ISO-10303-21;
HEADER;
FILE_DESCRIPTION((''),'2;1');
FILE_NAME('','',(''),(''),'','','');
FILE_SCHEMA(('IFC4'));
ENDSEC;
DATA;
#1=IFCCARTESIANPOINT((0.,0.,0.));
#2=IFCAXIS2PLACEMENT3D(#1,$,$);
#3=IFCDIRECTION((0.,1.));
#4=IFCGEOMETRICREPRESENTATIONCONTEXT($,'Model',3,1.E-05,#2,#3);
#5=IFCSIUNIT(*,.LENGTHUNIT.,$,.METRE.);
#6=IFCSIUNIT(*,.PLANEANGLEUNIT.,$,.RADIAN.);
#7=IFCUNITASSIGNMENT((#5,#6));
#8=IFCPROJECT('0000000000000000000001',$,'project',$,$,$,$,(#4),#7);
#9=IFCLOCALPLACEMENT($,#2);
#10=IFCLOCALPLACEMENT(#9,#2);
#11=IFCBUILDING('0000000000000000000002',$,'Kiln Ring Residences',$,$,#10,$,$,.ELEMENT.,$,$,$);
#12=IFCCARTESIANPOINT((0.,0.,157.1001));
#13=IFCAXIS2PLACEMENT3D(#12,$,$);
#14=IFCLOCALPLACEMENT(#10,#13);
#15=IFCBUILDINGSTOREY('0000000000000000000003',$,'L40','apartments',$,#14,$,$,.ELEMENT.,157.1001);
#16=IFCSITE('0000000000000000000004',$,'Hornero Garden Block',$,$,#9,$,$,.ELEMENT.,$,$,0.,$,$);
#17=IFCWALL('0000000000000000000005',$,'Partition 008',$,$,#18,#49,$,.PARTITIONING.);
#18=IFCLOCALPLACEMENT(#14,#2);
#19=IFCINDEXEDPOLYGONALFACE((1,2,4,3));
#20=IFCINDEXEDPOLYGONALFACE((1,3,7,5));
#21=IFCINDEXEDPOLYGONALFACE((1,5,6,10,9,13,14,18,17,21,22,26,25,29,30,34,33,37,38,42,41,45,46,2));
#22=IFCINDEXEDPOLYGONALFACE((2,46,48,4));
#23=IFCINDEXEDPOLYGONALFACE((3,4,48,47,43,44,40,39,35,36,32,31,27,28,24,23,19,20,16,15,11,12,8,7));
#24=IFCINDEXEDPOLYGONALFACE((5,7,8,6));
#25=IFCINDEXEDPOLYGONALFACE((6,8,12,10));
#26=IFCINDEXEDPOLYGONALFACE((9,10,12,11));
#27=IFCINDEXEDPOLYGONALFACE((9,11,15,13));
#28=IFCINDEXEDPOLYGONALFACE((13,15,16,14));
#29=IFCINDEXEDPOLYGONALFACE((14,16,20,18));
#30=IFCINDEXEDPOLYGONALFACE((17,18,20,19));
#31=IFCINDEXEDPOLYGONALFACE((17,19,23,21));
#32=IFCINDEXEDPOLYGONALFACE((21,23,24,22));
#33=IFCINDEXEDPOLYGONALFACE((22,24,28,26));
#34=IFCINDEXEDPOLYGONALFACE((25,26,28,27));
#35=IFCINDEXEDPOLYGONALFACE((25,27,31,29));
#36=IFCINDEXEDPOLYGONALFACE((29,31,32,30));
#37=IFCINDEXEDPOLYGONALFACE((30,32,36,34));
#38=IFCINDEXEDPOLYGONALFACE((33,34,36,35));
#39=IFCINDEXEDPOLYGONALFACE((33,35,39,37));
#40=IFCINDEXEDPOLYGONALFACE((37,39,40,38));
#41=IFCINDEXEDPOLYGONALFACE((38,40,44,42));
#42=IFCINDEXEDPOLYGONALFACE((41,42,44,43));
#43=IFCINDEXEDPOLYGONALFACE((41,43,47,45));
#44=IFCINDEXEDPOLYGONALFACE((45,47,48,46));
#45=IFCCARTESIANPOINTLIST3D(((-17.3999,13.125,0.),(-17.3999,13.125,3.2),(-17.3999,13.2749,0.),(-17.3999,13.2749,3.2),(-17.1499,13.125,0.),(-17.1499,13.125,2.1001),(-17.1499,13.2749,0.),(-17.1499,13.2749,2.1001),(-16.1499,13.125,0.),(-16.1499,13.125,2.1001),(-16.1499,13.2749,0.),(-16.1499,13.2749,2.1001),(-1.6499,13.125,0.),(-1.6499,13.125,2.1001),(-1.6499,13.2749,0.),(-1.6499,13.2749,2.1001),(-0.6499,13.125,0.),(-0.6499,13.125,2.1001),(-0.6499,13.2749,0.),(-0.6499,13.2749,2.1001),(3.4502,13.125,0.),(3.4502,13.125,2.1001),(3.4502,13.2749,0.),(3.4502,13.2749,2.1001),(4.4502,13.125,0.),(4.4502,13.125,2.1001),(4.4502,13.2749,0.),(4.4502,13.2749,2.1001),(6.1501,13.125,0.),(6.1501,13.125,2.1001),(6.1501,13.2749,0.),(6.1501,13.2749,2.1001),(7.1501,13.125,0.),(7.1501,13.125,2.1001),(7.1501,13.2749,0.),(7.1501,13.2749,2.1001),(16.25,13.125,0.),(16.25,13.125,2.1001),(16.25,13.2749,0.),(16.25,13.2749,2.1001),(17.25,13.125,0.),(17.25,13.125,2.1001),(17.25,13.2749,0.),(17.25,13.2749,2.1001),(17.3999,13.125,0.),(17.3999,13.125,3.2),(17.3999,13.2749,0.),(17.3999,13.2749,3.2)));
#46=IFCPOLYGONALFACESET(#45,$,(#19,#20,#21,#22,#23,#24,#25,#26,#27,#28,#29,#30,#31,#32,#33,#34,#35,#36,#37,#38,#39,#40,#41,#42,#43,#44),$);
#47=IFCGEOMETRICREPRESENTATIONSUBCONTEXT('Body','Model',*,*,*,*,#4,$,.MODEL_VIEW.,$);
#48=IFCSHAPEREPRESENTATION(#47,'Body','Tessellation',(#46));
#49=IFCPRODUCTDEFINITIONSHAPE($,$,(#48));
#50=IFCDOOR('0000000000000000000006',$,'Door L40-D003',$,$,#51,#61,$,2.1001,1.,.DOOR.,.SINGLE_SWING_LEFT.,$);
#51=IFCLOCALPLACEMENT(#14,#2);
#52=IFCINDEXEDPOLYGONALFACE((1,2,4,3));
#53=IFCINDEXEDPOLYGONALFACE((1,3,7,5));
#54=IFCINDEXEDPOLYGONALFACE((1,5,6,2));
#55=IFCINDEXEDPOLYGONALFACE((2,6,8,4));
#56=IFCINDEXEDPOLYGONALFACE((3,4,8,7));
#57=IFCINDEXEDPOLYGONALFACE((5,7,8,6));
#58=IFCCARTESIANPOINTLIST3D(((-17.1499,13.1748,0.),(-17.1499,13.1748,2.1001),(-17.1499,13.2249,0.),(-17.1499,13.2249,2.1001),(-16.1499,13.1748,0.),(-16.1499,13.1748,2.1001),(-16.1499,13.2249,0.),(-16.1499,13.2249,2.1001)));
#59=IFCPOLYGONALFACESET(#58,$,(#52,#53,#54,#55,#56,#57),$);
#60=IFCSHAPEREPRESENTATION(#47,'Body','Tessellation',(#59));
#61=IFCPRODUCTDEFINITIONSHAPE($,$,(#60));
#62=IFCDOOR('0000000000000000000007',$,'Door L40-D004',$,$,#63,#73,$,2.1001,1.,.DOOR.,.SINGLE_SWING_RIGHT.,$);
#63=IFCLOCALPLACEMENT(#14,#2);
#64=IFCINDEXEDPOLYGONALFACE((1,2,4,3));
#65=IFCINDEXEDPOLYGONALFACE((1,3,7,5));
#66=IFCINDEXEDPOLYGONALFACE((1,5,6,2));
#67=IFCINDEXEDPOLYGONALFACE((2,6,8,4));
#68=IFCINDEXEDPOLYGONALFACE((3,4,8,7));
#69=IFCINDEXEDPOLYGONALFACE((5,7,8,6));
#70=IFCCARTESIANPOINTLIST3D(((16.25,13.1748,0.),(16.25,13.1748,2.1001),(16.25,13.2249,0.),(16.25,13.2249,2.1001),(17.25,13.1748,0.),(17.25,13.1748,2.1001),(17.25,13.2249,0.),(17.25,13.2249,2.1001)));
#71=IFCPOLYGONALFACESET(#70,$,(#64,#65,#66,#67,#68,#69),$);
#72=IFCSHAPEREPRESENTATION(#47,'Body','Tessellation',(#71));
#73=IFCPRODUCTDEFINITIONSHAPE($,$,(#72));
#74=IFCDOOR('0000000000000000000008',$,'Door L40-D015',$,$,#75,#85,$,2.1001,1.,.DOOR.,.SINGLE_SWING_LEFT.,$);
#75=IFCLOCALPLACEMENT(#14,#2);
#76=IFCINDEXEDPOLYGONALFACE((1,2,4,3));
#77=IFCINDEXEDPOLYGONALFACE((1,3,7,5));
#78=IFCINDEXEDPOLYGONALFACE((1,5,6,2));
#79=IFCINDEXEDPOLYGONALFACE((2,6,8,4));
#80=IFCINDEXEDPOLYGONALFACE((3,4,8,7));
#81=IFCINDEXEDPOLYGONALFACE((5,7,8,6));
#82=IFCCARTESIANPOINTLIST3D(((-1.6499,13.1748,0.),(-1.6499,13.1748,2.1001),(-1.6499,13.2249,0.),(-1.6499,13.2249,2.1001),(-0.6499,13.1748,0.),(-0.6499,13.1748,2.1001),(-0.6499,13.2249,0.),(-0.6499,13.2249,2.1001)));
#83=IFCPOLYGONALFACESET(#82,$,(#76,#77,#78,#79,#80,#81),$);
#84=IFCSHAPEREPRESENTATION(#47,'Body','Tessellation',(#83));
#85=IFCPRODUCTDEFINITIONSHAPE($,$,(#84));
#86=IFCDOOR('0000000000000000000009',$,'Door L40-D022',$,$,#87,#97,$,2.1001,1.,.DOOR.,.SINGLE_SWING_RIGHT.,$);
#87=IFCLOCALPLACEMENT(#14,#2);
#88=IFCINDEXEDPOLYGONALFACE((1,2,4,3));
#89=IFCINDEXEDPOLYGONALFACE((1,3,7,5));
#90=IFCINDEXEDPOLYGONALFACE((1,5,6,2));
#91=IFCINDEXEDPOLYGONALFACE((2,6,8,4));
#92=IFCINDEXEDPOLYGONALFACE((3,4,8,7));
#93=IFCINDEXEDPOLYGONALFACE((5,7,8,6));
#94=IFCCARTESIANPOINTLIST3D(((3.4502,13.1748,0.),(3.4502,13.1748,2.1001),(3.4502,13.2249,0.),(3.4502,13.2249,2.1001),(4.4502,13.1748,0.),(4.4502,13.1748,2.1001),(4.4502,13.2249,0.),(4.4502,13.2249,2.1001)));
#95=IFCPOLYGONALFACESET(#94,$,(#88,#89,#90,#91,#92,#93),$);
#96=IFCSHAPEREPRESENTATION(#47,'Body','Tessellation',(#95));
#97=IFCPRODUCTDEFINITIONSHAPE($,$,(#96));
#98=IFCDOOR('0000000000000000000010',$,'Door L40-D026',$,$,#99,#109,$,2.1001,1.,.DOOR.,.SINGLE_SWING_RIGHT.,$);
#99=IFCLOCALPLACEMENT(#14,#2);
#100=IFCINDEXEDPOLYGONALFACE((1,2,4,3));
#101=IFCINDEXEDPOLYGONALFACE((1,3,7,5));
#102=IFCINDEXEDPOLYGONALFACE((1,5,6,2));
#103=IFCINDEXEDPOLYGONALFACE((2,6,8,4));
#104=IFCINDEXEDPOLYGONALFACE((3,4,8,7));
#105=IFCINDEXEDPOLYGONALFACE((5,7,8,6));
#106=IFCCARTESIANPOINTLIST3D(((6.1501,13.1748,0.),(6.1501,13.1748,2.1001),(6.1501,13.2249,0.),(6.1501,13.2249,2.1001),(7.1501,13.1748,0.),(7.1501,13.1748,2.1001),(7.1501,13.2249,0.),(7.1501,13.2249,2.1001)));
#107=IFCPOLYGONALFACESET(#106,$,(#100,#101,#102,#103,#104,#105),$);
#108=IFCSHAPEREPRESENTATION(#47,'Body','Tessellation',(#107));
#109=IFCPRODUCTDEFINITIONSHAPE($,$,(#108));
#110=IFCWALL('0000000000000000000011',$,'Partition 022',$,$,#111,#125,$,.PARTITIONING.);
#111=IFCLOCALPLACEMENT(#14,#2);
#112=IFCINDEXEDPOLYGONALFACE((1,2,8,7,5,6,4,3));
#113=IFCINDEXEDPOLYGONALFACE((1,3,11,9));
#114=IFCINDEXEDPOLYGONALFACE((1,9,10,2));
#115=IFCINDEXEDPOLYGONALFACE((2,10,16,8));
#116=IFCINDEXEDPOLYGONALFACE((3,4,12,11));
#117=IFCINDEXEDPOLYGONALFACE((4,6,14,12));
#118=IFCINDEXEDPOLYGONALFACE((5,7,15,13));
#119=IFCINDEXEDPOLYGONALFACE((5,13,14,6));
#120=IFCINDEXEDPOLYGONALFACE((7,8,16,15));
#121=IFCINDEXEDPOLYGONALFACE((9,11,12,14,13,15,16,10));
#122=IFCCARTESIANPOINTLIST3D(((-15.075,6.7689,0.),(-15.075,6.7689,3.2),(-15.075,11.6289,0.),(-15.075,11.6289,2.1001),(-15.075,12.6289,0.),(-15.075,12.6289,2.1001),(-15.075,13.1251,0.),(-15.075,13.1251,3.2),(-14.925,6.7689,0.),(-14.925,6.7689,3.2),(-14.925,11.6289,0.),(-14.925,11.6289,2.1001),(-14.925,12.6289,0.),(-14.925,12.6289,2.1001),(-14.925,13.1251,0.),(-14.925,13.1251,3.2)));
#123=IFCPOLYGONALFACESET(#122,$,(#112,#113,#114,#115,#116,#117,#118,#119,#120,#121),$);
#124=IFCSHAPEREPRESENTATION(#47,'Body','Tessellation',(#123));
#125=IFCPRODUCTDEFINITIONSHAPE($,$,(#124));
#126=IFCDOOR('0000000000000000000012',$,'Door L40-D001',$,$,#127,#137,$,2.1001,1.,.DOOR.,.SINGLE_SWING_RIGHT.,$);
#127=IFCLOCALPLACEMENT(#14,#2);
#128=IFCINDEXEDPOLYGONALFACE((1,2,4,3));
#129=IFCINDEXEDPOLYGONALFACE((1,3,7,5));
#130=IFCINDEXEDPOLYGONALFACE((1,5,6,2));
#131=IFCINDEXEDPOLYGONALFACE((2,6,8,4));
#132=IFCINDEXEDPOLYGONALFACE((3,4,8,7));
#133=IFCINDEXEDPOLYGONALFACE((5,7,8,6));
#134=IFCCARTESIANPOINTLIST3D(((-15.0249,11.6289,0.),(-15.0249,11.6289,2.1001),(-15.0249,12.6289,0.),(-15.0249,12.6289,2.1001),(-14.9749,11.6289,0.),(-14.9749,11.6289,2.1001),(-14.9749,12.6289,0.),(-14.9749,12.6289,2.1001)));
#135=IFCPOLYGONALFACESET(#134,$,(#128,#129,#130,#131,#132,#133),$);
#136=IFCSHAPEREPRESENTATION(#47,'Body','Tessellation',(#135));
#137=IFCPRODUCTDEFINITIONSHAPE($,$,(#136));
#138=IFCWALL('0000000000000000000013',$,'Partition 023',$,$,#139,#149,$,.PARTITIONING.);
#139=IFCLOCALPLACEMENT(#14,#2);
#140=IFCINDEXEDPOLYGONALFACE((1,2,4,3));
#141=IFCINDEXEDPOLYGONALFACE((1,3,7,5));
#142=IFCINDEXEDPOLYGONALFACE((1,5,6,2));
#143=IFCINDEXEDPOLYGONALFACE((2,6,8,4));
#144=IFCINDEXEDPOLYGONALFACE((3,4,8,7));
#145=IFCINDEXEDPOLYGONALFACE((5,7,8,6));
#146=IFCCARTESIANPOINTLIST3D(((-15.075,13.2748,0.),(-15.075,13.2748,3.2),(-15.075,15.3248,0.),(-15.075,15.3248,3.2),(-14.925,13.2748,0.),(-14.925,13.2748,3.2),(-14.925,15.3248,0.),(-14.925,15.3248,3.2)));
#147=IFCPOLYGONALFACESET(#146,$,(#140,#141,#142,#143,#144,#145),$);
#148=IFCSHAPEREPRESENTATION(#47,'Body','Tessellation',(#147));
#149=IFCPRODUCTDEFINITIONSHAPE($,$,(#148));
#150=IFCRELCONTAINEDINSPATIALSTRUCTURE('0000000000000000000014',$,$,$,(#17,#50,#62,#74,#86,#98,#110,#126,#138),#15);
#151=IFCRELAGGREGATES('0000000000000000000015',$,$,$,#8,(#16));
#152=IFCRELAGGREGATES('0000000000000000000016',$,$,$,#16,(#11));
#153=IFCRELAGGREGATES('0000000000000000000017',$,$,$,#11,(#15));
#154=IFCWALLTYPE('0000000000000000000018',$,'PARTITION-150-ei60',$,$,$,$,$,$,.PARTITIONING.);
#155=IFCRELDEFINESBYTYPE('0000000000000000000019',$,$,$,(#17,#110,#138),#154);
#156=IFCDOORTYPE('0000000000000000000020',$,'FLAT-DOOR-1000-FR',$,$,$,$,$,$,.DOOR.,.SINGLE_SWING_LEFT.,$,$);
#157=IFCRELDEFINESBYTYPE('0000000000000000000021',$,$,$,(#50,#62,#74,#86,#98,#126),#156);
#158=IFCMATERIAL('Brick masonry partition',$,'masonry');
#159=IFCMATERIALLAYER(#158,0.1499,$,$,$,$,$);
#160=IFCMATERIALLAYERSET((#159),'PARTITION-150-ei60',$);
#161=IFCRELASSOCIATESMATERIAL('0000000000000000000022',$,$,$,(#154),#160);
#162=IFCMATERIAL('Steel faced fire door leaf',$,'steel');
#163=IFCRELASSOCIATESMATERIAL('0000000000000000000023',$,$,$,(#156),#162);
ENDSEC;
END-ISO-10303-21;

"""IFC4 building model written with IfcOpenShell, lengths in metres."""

from ifc_helpers import new_model, si_unit, direction, frame, frame_2d, origin, place, context, subcontext, project, spatial, rectangle, extrude, material, layer, layer_set, type_object, element, fill, save


model = new_model("IFC4")

# Units and contexts
model_context = context("Model", 3, precision=1e-05, world=origin(), true_north=direction((0.0, 1.0)))
body_context = subcontext(model_context, "Body", "Model", "MODEL_VIEW")
ifc_project = project(units=[si_unit("LENGTHUNIT", "METRE"), si_unit("PLANEANGLEUNIT", "RADIAN")], contexts=[model_context])

# Site, building, storey
site_placement = place(None, origin())
site = spatial("IfcSite", under=ifc_project, at=site_placement, Name="Hornero Garden Block", CompositionType="ELEMENT", RefElevation=0.0)
building_placement = place(site_placement, origin())
building = spatial("IfcBuilding", under=site, at=building_placement, Name="Kiln Ring Residences", CompositionType="ELEMENT")
storey_placement = place(building_placement, frame((0.0, 0.0, 157.1001)))
storey = spatial("IfcBuildingStorey", under=building, at=storey_placement, Name="L40", Description="apartments", CompositionType="ELEMENT", Elevation=157.1001)

# Wall, openings, doors
ifc_material_1 = material(Name="Brick masonry partition", Category="masonry")
ifc_layer_1 = layer(ifc_material_1, 0.1499)
ifc_layer_set_1 = layer_set([ifc_layer_1], Name="PARTITION-150-ei60")
wall_type = type_object("IfcWallType", Name="PARTITION-150-ei60", PredefinedType="PARTITIONING", material=ifc_layer_set_1)
ifc_material_2 = material(Name="Steel faced fire door leaf", Category="steel")
door_type = type_object("IfcDoorType", Name="FLAT-DOOR-1000-FR", OperationType="SINGLE_SWING_LEFT", PredefinedType="DOOR", material=ifc_material_2)
wall_1_placement = place(storey_placement, frame((-17.3999, 13.2, 0.0), z_axis=(0.0, 0.0, 1.0), x_axis=(1.0, 0.0, 0.0)))
wall_1 = element("IfcWall", 1, at=wall_1_placement, inside=storey, type_object=wall_type, Name="Partition 008", PredefinedType="PARTITIONING", context=body_context, shape_type="SweptSolid", body=[
    extrude(rectangle(XDim=34.7998, YDim=0.1499, at=frame_2d((17.3999, 0.0))), origin(), (0.0, 0.0, 1.0), 3.2),
])
opening_1_placement = place(wall_1_placement, frame((0.25, 0.0, 0.0)))
opening_1 = element("IfcOpeningElement", 2, at=opening_1_placement, cuts=wall_1, PredefinedType="OPENING", context=body_context, shape_type="SweptSolid", body=[
    extrude(rectangle(XDim=1.0, YDim=2.1001, at=frame_2d((0.5, 1.05))), frame((0.0, 0.085, 0.0), z_axis=(0.0, -1.0, 0.0), x_axis=(1.0, 0.0, 0.0)), (0.0, 0.0, 1.0), 0.1699),
])
opening_2_placement = place(wall_1_placement, frame((33.6499, 0.0, 0.0)))
opening_2 = element("IfcOpeningElement", 3, at=opening_2_placement, cuts=wall_1, PredefinedType="OPENING", context=body_context, shape_type="SweptSolid", body=[
    extrude(rectangle(XDim=1.0, YDim=2.1001, at=frame_2d((0.5, 1.05))), frame((0.0, 0.085, 0.0), z_axis=(0.0, -1.0, 0.0), x_axis=(1.0, 0.0, 0.0)), (0.0, 0.0, 1.0), 0.1699),
])
opening_3_placement = place(wall_1_placement, frame((15.75, 0.0, 0.0)))
opening_3 = element("IfcOpeningElement", 4, at=opening_3_placement, cuts=wall_1, PredefinedType="OPENING", context=body_context, shape_type="SweptSolid", body=[
    extrude(rectangle(XDim=1.0, YDim=2.1001, at=frame_2d((0.5, 1.05))), frame((0.0, 0.085, 0.0), z_axis=(0.0, -1.0, 0.0), x_axis=(1.0, 0.0, 0.0)), (0.0, 0.0, 1.0), 0.1699),
])
opening_4_placement = place(wall_1_placement, frame((20.8501, 0.0, 0.0)))
opening_4 = element("IfcOpeningElement", 5, at=opening_4_placement, cuts=wall_1, PredefinedType="OPENING", context=body_context, shape_type="SweptSolid", body=[
    extrude(rectangle(XDim=1.0, YDim=2.1001, at=frame_2d((0.5, 1.05))), frame((0.0, 0.085, 0.0), z_axis=(0.0, -1.0, 0.0), x_axis=(1.0, 0.0, 0.0)), (0.0, 0.0, 1.0), 0.1699),
])
opening_5_placement = place(wall_1_placement, frame((23.55, 0.0, 0.0)))
opening_5 = element("IfcOpeningElement", 6, at=opening_5_placement, cuts=wall_1, PredefinedType="OPENING", context=body_context, shape_type="SweptSolid", body=[
    extrude(rectangle(XDim=1.0, YDim=2.1001, at=frame_2d((0.5, 1.05))), frame((0.0, 0.085, 0.0), z_axis=(0.0, -1.0, 0.0), x_axis=(1.0, 0.0, 0.0)), (0.0, 0.0, 1.0), 0.1699),
])
door_1_placement = place(opening_1_placement, origin())
door_1 = element("IfcDoor", 7, at=door_1_placement, inside=storey, type_object=door_type, Name="Door L40-D003", OperationType="SINGLE_SWING_LEFT", OverallHeight=2.1001, OverallWidth=1.0, PredefinedType="DOOR", context=body_context, shape_type="SweptSolid", body=[
    extrude(rectangle(XDim=1.0, YDim=2.1001, at=frame_2d((0.5, 1.05))), frame((0.0, 0.0249, 0.0), z_axis=(0.0, -1.0, 0.0), x_axis=(1.0, 0.0, 0.0)), (0.0, 0.0, 1.0), 0.05),
])
fill(opening_1, door_1)
door_2_placement = place(opening_2_placement, origin())
door_2 = element("IfcDoor", 8, at=door_2_placement, inside=storey, type_object=door_type, Name="Door L40-D004", OperationType="SINGLE_SWING_RIGHT", OverallHeight=2.1001, OverallWidth=1.0, PredefinedType="DOOR", context=body_context, shape_type="SweptSolid", body=[
    extrude(rectangle(XDim=1.0, YDim=2.1001, at=frame_2d((0.5, 1.05))), frame((0.0, 0.0249, 0.0), z_axis=(0.0, -1.0, 0.0), x_axis=(1.0, 0.0, 0.0)), (0.0, 0.0, 1.0), 0.05),
])
fill(opening_2, door_2)
door_3_placement = place(opening_3_placement, origin())
door_3 = element("IfcDoor", 9, at=door_3_placement, inside=storey, type_object=door_type, Name="Door L40-D015", OperationType="SINGLE_SWING_LEFT", OverallHeight=2.1001, OverallWidth=1.0, PredefinedType="DOOR", context=body_context, shape_type="SweptSolid", body=[
    extrude(rectangle(XDim=1.0, YDim=2.1001, at=frame_2d((0.5, 1.05))), frame((0.0, 0.0249, 0.0), z_axis=(0.0, -1.0, 0.0), x_axis=(1.0, 0.0, 0.0)), (0.0, 0.0, 1.0), 0.05),
])
fill(opening_3, door_3)
door_4_placement = place(opening_4_placement, origin())
door_4 = element("IfcDoor", 10, at=door_4_placement, inside=storey, type_object=door_type, Name="Door L40-D022", OperationType="SINGLE_SWING_RIGHT", OverallHeight=2.1001, OverallWidth=1.0, PredefinedType="DOOR", context=body_context, shape_type="SweptSolid", body=[
    extrude(rectangle(XDim=1.0, YDim=2.1001, at=frame_2d((0.5, 1.05))), frame((0.0, 0.0249, 0.0), z_axis=(0.0, -1.0, 0.0), x_axis=(1.0, 0.0, 0.0)), (0.0, 0.0, 1.0), 0.05),
])
fill(opening_4, door_4)
door_5_placement = place(opening_5_placement, origin())
door_5 = element("IfcDoor", 11, at=door_5_placement, inside=storey, type_object=door_type, Name="Door L40-D026", OperationType="SINGLE_SWING_RIGHT", OverallHeight=2.1001, OverallWidth=1.0, PredefinedType="DOOR", context=body_context, shape_type="SweptSolid", body=[
    extrude(rectangle(XDim=1.0, YDim=2.1001, at=frame_2d((0.5, 1.05))), frame((0.0, 0.0249, 0.0), z_axis=(0.0, -1.0, 0.0), x_axis=(1.0, 0.0, 0.0)), (0.0, 0.0, 1.0), 0.05),
])
fill(opening_5, door_5)

# Wall, opening, door
wall_2_placement = place(storey_placement, frame((-15.0, 6.7688, 0.0), z_axis=(0.0, 0.0, 1.0), x_axis=(0.0, 1.0, 0.0)))
wall_2 = element("IfcWall", 12, at=wall_2_placement, inside=storey, type_object=wall_type, Name="Partition 022", PredefinedType="PARTITIONING", context=body_context, shape_type="SweptSolid", body=[
    extrude(rectangle(XDim=6.3562, YDim=0.1499, at=frame_2d((3.1782, 0.0))), origin(), (0.0, 0.0, 1.0), 3.2),
])
opening_6_placement = place(wall_2_placement, frame((4.8601, 0.0, 0.0)))
opening_6 = element("IfcOpeningElement", 13, at=opening_6_placement, cuts=wall_2, PredefinedType="OPENING", context=body_context, shape_type="SweptSolid", body=[
    extrude(rectangle(XDim=1.0, YDim=2.1001, at=frame_2d((0.5, 1.05))), frame((0.0, 0.085, 0.0), z_axis=(0.0, -1.0, 0.0), x_axis=(1.0, 0.0, 0.0)), (0.0, 0.0, 1.0), 0.1699),
])
door_6_placement = place(opening_6_placement, origin())
door_6 = element("IfcDoor", 14, at=door_6_placement, inside=storey, type_object=door_type, Name="Door L40-D001", OperationType="SINGLE_SWING_RIGHT", OverallHeight=2.1001, OverallWidth=1.0, PredefinedType="DOOR", context=body_context, shape_type="SweptSolid", body=[
    extrude(rectangle(XDim=1.0, YDim=2.1001, at=frame_2d((0.5, 1.05))), frame((0.0, 0.0249, 0.0), z_axis=(0.0, -1.0, 0.0), x_axis=(1.0, 0.0, 0.0)), (0.0, 0.0, 1.0), 0.05),
])
fill(opening_6, door_6)

# Wall
wall_3_placement = place(storey_placement, frame((-15.0, 13.2749, 0.0), z_axis=(0.0, 0.0, 1.0), x_axis=(0.0, 1.0, 0.0)))
element("IfcWall", 15, at=wall_3_placement, inside=storey, type_object=wall_type, Name="Partition 023", PredefinedType="PARTITIONING", context=body_context, shape_type="SweptSolid", body=[
    extrude(rectangle(XDim=2.05, YDim=0.1499, at=frame_2d((1.0249, 0.0))), origin(), (0.0, 0.0, 1.0), 3.2),
])

save(model, "model.ifc")
